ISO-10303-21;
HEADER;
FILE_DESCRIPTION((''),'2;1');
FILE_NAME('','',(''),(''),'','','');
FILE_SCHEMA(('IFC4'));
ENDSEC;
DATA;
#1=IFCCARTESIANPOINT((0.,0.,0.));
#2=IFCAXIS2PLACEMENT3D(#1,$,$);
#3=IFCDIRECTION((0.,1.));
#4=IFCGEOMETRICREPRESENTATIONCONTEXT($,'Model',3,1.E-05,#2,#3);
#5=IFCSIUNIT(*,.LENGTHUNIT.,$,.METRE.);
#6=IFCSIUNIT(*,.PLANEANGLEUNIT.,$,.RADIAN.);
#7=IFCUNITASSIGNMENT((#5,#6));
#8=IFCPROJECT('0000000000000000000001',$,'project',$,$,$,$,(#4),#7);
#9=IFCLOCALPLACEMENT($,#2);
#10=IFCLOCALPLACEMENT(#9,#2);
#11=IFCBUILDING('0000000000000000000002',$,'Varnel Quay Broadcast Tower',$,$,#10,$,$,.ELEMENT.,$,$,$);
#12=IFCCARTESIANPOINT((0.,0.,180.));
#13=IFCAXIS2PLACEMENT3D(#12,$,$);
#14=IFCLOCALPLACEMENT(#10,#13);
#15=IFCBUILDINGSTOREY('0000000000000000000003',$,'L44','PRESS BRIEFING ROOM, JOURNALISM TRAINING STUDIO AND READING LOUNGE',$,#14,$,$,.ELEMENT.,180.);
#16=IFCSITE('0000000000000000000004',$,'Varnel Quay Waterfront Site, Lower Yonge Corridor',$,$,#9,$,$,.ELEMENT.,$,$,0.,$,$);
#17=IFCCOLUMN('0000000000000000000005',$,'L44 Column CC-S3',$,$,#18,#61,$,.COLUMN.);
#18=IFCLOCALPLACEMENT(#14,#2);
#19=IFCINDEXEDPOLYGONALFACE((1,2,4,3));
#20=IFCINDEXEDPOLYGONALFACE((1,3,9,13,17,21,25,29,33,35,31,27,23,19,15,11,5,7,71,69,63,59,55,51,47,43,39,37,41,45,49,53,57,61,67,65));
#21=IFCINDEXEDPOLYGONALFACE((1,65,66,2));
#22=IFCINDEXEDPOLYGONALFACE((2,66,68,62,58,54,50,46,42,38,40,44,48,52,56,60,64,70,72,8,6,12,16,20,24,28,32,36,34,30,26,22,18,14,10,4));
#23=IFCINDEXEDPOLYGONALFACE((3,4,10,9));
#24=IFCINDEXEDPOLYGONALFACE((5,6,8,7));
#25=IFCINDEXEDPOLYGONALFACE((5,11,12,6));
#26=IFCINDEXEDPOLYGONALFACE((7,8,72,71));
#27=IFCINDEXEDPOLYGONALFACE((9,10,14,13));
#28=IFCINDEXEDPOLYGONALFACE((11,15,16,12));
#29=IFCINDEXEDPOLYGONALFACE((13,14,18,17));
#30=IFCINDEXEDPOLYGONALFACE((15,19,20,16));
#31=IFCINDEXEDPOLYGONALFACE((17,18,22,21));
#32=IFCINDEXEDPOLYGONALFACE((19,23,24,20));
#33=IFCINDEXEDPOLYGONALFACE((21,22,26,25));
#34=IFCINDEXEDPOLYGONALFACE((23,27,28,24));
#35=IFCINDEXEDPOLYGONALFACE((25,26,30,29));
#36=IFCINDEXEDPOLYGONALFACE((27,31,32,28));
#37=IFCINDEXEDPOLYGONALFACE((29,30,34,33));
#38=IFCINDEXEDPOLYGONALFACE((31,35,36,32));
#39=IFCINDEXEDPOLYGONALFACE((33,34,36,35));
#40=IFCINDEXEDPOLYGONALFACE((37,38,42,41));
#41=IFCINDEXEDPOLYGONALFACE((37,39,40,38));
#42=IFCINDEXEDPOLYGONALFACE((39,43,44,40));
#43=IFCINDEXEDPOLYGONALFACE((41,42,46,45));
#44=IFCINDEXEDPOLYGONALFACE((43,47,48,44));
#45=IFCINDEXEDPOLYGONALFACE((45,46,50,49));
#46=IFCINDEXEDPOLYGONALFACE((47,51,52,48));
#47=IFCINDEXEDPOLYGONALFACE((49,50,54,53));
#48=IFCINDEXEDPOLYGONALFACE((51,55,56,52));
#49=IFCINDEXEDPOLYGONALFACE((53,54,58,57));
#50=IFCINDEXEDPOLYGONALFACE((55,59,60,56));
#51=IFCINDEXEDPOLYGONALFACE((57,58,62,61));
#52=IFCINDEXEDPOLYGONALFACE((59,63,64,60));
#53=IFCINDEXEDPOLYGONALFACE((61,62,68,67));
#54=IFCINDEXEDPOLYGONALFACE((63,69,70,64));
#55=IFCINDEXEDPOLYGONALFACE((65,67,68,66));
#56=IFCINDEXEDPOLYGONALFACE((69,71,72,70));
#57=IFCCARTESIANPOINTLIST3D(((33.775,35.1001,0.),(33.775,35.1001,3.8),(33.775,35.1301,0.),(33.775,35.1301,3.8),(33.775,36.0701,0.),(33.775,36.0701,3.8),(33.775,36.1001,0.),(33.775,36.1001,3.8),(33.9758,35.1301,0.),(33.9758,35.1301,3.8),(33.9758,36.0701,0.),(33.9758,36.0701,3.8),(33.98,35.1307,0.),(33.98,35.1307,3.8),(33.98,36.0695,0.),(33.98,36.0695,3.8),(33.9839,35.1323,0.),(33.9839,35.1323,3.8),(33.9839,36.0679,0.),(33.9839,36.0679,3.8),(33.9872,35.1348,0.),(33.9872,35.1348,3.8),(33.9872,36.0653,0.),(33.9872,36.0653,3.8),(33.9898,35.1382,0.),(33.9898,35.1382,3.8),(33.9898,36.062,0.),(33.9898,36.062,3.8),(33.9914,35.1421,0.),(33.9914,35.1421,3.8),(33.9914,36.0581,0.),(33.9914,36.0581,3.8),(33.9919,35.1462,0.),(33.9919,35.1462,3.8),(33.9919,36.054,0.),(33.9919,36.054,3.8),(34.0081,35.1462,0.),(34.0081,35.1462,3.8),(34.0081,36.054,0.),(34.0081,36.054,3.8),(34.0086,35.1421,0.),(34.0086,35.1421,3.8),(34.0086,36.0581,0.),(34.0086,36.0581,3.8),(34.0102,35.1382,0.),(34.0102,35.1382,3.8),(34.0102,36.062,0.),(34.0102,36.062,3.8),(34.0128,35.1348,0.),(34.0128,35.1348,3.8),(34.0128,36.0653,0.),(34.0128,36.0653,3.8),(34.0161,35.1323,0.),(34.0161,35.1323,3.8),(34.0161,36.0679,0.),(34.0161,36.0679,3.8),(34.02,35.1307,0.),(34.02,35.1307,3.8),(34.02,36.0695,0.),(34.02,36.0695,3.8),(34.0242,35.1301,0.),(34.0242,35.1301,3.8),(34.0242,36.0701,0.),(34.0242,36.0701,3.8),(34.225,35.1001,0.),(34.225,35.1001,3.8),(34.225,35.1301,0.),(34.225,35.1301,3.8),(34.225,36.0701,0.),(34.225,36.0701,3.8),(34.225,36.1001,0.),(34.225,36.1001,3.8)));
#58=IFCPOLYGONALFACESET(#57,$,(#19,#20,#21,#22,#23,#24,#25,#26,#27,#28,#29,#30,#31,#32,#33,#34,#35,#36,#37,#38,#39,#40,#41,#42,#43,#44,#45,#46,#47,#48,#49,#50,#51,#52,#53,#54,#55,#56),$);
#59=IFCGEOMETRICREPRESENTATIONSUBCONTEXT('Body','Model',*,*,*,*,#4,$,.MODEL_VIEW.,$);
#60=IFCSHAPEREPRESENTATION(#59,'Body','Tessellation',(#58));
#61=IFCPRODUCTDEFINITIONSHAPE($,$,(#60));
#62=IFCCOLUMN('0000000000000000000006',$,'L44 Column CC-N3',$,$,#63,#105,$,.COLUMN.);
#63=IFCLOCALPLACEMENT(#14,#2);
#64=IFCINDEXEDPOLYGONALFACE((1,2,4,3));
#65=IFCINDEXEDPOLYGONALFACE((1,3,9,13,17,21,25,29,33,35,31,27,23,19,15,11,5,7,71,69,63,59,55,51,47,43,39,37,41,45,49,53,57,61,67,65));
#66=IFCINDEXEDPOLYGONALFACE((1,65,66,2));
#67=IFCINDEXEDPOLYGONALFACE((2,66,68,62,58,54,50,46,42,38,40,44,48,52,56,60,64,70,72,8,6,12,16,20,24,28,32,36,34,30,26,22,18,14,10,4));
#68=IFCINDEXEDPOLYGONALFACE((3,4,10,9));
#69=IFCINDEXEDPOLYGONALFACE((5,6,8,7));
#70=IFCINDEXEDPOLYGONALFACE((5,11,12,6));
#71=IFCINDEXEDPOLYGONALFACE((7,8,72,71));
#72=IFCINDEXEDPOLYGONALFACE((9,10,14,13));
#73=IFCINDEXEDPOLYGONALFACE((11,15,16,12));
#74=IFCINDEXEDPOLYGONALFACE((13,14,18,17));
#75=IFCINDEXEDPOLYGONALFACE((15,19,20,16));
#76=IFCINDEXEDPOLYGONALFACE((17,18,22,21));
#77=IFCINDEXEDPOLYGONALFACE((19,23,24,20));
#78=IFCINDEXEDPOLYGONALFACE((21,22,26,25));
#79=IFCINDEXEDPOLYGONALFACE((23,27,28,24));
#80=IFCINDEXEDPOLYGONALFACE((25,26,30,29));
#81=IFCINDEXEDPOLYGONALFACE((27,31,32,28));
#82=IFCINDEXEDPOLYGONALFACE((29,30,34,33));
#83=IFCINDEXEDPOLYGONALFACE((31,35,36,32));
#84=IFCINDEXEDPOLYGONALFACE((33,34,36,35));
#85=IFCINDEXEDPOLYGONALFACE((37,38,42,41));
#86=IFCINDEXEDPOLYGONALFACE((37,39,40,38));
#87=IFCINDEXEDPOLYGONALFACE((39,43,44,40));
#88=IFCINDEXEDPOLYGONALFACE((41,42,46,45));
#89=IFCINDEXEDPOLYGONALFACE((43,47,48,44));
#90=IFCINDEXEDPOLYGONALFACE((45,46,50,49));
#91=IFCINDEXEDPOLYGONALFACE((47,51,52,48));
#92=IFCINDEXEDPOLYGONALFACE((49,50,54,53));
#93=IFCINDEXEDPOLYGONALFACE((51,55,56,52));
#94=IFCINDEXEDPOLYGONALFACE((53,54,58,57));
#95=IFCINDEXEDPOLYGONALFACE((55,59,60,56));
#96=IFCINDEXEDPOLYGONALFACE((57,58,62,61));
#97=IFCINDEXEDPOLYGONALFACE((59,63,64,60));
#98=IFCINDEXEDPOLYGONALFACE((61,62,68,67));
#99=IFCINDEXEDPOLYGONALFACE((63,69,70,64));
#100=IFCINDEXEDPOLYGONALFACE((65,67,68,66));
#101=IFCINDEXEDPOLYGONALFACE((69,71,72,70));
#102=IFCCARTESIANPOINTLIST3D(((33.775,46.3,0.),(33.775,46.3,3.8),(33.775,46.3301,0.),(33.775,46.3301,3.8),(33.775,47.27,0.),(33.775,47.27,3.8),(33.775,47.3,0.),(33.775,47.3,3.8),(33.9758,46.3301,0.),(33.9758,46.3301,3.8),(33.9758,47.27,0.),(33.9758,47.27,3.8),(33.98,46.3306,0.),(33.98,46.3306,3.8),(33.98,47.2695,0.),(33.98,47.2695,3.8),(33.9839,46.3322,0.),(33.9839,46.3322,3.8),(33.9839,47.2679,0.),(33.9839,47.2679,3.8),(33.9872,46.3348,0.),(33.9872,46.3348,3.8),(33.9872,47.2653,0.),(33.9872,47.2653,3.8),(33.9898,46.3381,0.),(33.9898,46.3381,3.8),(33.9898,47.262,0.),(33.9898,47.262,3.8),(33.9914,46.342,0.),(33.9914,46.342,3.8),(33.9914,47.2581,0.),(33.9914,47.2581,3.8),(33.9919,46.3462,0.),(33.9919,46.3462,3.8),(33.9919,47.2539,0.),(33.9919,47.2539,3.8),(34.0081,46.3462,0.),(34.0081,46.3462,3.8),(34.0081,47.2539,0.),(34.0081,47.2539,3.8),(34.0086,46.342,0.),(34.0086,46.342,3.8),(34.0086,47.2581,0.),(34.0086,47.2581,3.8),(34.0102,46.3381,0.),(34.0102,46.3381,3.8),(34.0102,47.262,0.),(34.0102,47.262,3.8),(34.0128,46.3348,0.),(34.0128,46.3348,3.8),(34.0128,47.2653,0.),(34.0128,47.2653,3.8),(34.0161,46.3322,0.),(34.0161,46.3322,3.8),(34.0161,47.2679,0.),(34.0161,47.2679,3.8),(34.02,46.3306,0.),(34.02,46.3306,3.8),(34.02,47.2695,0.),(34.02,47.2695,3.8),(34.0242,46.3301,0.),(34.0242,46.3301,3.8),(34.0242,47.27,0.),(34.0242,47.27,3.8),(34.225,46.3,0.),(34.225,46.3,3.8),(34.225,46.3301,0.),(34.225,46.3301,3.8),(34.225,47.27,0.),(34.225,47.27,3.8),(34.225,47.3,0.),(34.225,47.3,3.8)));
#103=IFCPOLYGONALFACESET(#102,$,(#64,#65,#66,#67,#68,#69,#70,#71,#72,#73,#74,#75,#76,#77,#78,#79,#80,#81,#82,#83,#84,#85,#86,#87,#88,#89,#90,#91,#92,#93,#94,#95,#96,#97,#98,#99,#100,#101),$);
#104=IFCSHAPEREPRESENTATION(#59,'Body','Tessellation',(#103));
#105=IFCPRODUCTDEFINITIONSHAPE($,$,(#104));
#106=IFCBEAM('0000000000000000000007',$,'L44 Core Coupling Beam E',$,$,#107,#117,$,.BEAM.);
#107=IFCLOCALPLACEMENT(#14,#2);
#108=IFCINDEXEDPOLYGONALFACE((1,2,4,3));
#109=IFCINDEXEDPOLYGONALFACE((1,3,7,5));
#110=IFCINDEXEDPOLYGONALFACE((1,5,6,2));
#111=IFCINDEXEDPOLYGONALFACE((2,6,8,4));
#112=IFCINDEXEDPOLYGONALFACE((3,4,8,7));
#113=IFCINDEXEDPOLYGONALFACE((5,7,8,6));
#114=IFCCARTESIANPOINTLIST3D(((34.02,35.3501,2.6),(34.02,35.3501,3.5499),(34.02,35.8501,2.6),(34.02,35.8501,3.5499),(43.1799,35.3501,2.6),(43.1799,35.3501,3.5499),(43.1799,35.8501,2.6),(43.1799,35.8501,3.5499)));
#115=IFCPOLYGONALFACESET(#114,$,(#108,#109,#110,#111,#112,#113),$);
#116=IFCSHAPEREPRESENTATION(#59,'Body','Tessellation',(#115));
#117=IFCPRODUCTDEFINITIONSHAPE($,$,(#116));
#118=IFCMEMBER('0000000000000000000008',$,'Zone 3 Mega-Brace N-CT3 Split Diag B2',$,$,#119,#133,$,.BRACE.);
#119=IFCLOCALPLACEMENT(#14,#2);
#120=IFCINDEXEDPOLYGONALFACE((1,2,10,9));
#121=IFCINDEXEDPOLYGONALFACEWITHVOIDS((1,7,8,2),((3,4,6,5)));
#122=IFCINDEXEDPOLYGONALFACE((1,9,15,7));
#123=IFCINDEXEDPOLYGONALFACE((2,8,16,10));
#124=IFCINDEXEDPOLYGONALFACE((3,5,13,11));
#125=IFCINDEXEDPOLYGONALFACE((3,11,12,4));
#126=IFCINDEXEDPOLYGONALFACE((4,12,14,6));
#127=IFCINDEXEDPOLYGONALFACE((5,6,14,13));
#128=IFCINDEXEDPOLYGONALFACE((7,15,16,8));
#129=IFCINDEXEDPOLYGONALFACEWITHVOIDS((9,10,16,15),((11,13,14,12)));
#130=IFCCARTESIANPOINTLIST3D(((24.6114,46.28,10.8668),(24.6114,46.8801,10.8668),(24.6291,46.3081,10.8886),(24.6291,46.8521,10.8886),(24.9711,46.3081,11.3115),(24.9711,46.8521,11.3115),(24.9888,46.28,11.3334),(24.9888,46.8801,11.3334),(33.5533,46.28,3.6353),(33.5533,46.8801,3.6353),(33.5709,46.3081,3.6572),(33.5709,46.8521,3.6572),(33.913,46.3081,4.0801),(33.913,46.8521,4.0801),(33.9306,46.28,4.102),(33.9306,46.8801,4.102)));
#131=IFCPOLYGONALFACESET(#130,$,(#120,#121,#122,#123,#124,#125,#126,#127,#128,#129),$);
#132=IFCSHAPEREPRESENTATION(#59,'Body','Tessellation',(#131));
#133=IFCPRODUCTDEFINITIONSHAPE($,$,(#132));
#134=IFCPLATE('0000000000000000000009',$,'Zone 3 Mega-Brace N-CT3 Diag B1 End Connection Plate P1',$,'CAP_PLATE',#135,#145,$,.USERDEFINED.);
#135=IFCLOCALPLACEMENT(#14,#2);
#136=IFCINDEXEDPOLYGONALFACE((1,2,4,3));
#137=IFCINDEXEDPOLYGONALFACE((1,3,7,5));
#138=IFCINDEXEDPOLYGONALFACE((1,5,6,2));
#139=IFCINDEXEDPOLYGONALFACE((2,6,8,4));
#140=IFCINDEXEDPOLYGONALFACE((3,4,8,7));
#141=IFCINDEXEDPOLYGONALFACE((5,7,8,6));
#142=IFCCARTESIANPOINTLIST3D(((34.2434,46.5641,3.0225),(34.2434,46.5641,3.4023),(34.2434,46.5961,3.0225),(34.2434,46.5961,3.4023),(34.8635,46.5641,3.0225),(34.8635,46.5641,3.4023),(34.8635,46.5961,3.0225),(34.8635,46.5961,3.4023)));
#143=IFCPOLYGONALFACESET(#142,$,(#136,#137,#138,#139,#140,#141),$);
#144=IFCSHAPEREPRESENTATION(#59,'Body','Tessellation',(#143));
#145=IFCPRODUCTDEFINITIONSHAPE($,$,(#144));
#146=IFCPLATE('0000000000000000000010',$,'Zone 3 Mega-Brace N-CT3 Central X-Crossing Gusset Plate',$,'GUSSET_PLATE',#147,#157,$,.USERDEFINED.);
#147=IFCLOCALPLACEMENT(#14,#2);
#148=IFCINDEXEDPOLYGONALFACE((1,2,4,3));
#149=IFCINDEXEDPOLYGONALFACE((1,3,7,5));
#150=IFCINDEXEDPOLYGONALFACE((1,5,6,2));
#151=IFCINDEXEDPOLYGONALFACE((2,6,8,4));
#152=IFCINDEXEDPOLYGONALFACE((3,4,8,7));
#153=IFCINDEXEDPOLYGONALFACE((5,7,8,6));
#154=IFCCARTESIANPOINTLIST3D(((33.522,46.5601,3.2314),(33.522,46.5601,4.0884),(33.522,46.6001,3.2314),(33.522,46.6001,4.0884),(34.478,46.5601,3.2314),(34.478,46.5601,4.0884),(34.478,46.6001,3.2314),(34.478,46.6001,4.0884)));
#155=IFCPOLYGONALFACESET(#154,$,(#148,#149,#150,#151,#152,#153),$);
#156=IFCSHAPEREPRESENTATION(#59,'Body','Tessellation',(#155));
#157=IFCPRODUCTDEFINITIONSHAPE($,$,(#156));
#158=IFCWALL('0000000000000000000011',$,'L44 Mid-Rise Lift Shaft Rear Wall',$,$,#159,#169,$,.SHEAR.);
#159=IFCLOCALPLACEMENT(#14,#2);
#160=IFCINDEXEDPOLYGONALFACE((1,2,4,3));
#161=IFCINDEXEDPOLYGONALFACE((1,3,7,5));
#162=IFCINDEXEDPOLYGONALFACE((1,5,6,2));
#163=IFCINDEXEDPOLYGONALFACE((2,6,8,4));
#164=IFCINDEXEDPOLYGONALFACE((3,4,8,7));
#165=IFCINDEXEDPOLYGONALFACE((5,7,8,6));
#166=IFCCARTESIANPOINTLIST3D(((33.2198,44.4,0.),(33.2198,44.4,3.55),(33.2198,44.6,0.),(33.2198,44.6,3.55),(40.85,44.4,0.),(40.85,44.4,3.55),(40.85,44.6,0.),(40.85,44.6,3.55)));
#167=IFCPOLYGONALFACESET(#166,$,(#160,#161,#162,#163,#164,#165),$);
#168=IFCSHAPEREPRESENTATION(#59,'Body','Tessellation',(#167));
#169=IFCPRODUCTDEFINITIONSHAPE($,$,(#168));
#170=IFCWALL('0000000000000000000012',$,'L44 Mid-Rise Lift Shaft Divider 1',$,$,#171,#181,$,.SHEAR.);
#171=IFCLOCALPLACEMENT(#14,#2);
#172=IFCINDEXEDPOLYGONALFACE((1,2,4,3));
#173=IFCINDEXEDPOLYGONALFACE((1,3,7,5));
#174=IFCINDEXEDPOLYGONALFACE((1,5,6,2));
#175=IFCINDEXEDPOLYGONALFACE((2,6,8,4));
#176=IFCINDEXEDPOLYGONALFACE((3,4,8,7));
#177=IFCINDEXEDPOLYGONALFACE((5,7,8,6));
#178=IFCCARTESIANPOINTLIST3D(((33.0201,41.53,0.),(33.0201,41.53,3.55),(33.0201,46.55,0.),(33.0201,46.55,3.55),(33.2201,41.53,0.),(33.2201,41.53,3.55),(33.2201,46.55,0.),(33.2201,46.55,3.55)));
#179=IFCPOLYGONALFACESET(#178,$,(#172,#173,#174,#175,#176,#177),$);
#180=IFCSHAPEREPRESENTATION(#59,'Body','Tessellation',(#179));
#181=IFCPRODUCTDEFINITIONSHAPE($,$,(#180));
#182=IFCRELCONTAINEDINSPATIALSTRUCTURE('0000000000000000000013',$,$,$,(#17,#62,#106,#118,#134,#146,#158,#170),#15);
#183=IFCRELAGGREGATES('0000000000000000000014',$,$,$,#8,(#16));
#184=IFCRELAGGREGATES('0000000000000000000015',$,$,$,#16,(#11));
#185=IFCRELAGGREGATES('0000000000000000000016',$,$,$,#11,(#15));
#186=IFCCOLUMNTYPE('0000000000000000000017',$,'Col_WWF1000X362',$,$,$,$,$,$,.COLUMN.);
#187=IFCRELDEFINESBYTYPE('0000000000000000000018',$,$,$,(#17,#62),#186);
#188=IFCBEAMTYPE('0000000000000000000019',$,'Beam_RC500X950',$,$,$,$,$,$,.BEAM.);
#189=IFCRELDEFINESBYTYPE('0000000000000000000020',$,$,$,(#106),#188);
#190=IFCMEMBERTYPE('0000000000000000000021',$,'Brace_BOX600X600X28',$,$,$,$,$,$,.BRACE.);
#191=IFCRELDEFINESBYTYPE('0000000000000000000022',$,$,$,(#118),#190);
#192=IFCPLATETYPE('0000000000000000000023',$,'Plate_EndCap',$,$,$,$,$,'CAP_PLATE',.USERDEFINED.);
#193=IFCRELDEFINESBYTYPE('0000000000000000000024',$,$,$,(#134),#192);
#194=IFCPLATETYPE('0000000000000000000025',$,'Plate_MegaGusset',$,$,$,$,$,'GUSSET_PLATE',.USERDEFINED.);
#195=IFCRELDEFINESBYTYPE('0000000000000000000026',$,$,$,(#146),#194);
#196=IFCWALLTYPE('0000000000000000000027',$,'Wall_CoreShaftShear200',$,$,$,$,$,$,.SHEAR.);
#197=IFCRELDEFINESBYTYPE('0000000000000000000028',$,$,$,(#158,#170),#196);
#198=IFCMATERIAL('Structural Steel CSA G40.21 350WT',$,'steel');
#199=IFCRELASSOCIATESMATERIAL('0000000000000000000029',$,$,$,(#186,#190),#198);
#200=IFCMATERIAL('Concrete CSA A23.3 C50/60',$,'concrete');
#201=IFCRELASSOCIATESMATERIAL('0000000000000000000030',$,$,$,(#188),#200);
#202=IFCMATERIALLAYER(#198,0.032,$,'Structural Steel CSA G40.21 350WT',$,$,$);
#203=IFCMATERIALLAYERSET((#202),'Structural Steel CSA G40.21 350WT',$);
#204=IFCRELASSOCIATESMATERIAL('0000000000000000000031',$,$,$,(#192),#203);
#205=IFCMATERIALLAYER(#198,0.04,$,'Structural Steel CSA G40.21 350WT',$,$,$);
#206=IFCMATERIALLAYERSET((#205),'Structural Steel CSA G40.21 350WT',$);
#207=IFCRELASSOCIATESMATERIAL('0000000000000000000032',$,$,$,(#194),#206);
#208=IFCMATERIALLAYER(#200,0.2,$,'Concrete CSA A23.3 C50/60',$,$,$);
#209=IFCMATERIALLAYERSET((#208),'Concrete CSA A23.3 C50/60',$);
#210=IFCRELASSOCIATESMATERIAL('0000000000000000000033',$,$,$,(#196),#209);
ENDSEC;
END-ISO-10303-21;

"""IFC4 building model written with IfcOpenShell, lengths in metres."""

from ifc_helpers import new_model, si_unit, direction, frame, frame_2d, origin, origin_2d, place, context, subcontext, project, spatial, rectangle, hollow_rectangle, i_section, extrude, source, transform, mapped, material, layer, layer_set, material_profile, profile_set, type_object, type_shapes, element, save


model = new_model("IFC4")

# Units and contexts
model_context = context("Model", 3, precision=1e-05, world=origin(), true_north=direction((0.0, 1.0)))
body_context = subcontext(model_context, "Body", "Model", "MODEL_VIEW")
ifc_project = project(units=[si_unit("LENGTHUNIT", "METRE"), si_unit("PLANEANGLEUNIT", "RADIAN")], contexts=[model_context])

# Site, building, storey
site_placement = place(None, origin())
site = spatial("IfcSite", under=ifc_project, at=site_placement, Name="Varnel Quay Waterfront Site, Lower Yonge Corridor", CompositionType="ELEMENT", RefElevation=0.0)
building_placement = place(site_placement, origin())
building = spatial("IfcBuilding", under=site, at=building_placement, Name="Varnel Quay Broadcast Tower", CompositionType="ELEMENT")
storey_placement = place(building_placement, frame((0.0, 0.0, 180.0)))
storey = spatial("IfcBuildingStorey", under=building, at=storey_placement, Name="L44", Description="PRESS BRIEFING ROOM, JOURNALISM TRAINING STUDIO AND READING LOUNGE", CompositionType="ELEMENT", Elevation=180.0)

# Columns
ifc_material_1 = material(Name="Structural Steel CSA G40.21 350WT", Category="steel")
ifc_material_profile_1 = material_profile(ifc_material_1, i_section(OverallWidth=0.45, OverallDepth=1.0, WebThickness=0.0161, FlangeThickness=0.03, FilletRadius=0.0161, at=origin_2d()), Name="WWF1000X362")
ifc_profile_set_1 = profile_set([ifc_material_profile_1], Name="Structural Steel CSA G40.21 350WT")
column_type = type_object("IfcColumnType", Name="Col_WWF1000X362", PredefinedType="COLUMN", material=ifc_profile_set_1)
shared_shape_1 = source(origin(), body_context, "Body", "SweptSolid", [
    extrude(i_section(OverallWidth=0.45, OverallDepth=1.0, WebThickness=0.0161, FlangeThickness=0.03, FilletRadius=0.0161, at=origin_2d()), origin(), (0.0, 0.0, 1.0), 3.8),
])
type_shapes(column_type, [shared_shape_1])
for number, where, z_axis, x_axis, name in (
    (1, (34.0, 35.6001, 0.0), (0.0, 0.0, 1.0), (1.0, 0.0, 0.0), "L44 Column CC-S3"),
    (2, (34.0, 46.8, 0.0), (0.0, 0.0, 1.0), (1.0, 0.0, 0.0), "L44 Column CC-N3"),
):
    element("IfcColumn", number, at=place(storey_placement, frame(where, z_axis=z_axis, x_axis=x_axis)), inside=storey, type_object=column_type, Name=name, PredefinedType="COLUMN", context=body_context, shape_type="MappedRepresentation", body=[
        mapped(shared_shape_1, transform((0.0, 0.0, 0.0), x_axis=(1.0, 0.0, 0.0), y_axis=(0.0, 1.0, 0.0), z_axis=(0.0, 0.0, 1.0), scale=1.0)),
    ])

# Beam
ifc_material_2 = material(Name="Concrete CSA A23.3 C50/60", Category="concrete")
ifc_material_profile_2 = material_profile(ifc_material_2, rectangle(XDim=0.5, YDim=0.95, at=origin_2d()), Name="RC500X950")
ifc_profile_set_2 = profile_set([ifc_material_profile_2], Name="Concrete CSA A23.3 C50/60")
beam_type = type_object("IfcBeamType", Name="Beam_RC500X950", PredefinedType="BEAM", material=ifc_profile_set_2)
shared_shape_2 = source(origin(), body_context, "Body", "SweptSolid", [
    extrude(rectangle(XDim=0.5, YDim=0.95, at=origin_2d()), origin(), (0.0, 0.0, 1.0), 9.1599),
])
type_shapes(beam_type, [shared_shape_2])
beam_placement = place(storey_placement, frame((34.02, 35.6001, 3.075), z_axis=(1.0, 0.0, 0.0), x_axis=(0.0, 1.0, 0.0)))
element("IfcBeam", 3, at=beam_placement, inside=storey, type_object=beam_type, Name="L44 Core Coupling Beam E", PredefinedType="BEAM", context=body_context, shape_type="MappedRepresentation", body=[
    mapped(shared_shape_2, transform((0.0, 0.0, 0.0), x_axis=(1.0, 0.0, 0.0), y_axis=(0.0, 1.0, 0.0), z_axis=(0.0, 0.0, 1.0), scale=1.0)),
])

# Member
ifc_material_profile_3 = material_profile(ifc_material_1, hollow_rectangle(XDim=0.6001, YDim=0.6001, WallThickness=0.0281, at=origin_2d()), Name="BOX600X600X28")
ifc_profile_set_3 = profile_set([ifc_material_profile_3], Name="Structural Steel CSA G40.21 350WT")
member_type = type_object("IfcMemberType", Name="Brace_BOX600X600X28", PredefinedType="BRACE", material=ifc_profile_set_3)
shared_shape_3 = source(origin(), body_context, "Body", "SweptSolid", [
    extrude(hollow_rectangle(XDim=0.6001, YDim=0.6001, WallThickness=0.0281, at=origin_2d()), origin(), (0.0, 0.0, 1.0), 11.5),
])
type_shapes(member_type, [shared_shape_3])
member_placement = place(storey_placement, frame((33.7419, 46.5801, 3.8687), z_axis=(-0.777552, 0.0, 0.628818), x_axis=(0.0, -1.0, 0.0)))
element("IfcMember", 4, at=member_placement, inside=storey, type_object=member_type, Name="Zone 3 Mega-Brace N-CT3 Split Diag B2", PredefinedType="BRACE", context=body_context, shape_type="MappedRepresentation", body=[
    mapped(shared_shape_3, transform((0.0, 0.0, 0.0), x_axis=(1.0, 0.0, 0.0), y_axis=(0.0, 1.0, 0.0), z_axis=(0.0, 0.0, 1.0), scale=1.0)),
])

# Plates
ifc_layer_1 = layer(ifc_material_1, 0.032, Name="Structural Steel CSA G40.21 350WT")
ifc_layer_set_1 = layer_set([ifc_layer_1], Name="Structural Steel CSA G40.21 350WT")
plate_type_1 = type_object("IfcPlateType", Name="Plate_EndCap", ElementType="CAP_PLATE", PredefinedType="USERDEFINED", material=ifc_layer_set_1)
shared_shape_4 = source(origin(), body_context, "Body", "SweptSolid", [
    extrude(rectangle(XDim=0.6201, YDim=0.032, at=origin_2d()), origin(), (0.0, 0.0, 1.0), 0.3799),
])
type_shapes(plate_type_1, [shared_shape_4])
plate_1_placement = place(storey_placement, frame((34.5535, 46.5801, 3.0225), z_axis=(0.0, 0.0, 1.0), x_axis=(1.0, 0.0, 0.0)))
element("IfcPlate", 5, at=plate_1_placement, inside=storey, type_object=plate_type_1, Name="Zone 3 Mega-Brace N-CT3 Diag B1 End Connection Plate P1", ObjectType="CAP_PLATE", PredefinedType="USERDEFINED", context=body_context, shape_type="MappedRepresentation", body=[
    mapped(shared_shape_4, transform((0.0, 0.0, 0.0), x_axis=(1.0, 0.0, 0.0), y_axis=(0.0, 1.0, 0.0), z_axis=(0.0, 0.0, 1.0), scale=1.0)),
])
ifc_layer_2 = layer(ifc_material_1, 0.04, Name="Structural Steel CSA G40.21 350WT")
ifc_layer_set_2 = layer_set([ifc_layer_2], Name="Structural Steel CSA G40.21 350WT")
plate_type_2 = type_object("IfcPlateType", Name="Plate_MegaGusset", ElementType="GUSSET_PLATE", PredefinedType="USERDEFINED", material=ifc_layer_set_2)
shared_shape_5 = source(origin(), body_context, "Body", "SweptSolid", [
    extrude(rectangle(XDim=0.9561, YDim=0.04, at=origin_2d()), origin(), (0.0, 0.0, 1.0), 0.8569),
])
type_shapes(plate_type_2, [shared_shape_5])
plate_2_placement = place(storey_placement, frame((34.0, 46.5801, 3.2314), z_axis=(0.0, 0.0, 1.0), x_axis=(1.0, 0.0, 0.0)))
element("IfcPlate", 6, at=plate_2_placement, inside=storey, type_object=plate_type_2, Name="Zone 3 Mega-Brace N-CT3 Central X-Crossing Gusset Plate", ObjectType="GUSSET_PLATE", PredefinedType="USERDEFINED", context=body_context, shape_type="MappedRepresentation", body=[
    mapped(shared_shape_5, transform((0.0, 0.0, 0.0), x_axis=(1.0, 0.0, 0.0), y_axis=(0.0, 1.0, 0.0), z_axis=(0.0, 0.0, 1.0), scale=1.0)),
])

# Walls
ifc_layer_3 = layer(ifc_material_2, 0.2, Name="Concrete CSA A23.3 C50/60")
ifc_layer_set_3 = layer_set([ifc_layer_3], Name="Concrete CSA A23.3 C50/60")
wall_type_1 = type_object("IfcWallType", Name="Wall_CoreShaftShear200", PredefinedType="SHEAR", material=ifc_layer_set_3)
wall_1_placement = place(storey_placement, frame((33.22, 44.5, 0.0), z_axis=(0.0, 0.0, 1.0), x_axis=(1.0, 0.0, 0.0)))
element("IfcWall", 7, at=wall_1_placement, inside=storey, type_object=wall_type_1, Name="L44 Mid-Rise Lift Shaft Rear Wall", PredefinedType="SHEAR", context=body_context, shape_type="SweptSolid", body=[
    extrude(rectangle(XDim=7.6301, YDim=0.2, at=frame_2d((3.8149, 0.0))), origin(), (0.0, 0.0, 1.0), 3.55),
])
wall_2_placement = place(storey_placement, frame((33.1201, 41.53, 0.0), z_axis=(0.0, 0.0, 1.0), x_axis=(0.0, 1.0, 0.0)))
element("IfcWall", 8, at=wall_2_placement, inside=storey, type_object=wall_type_1, Name="L44 Mid-Rise Lift Shaft Divider 1", PredefinedType="SHEAR", context=body_context, shape_type="SweptSolid", body=[
    extrude(rectangle(XDim=5.02, YDim=0.2, at=frame_2d((2.51, 0.0))), origin(), (0.0, 0.0, 1.0), 3.55),
])

save(model, "model.ifc")
